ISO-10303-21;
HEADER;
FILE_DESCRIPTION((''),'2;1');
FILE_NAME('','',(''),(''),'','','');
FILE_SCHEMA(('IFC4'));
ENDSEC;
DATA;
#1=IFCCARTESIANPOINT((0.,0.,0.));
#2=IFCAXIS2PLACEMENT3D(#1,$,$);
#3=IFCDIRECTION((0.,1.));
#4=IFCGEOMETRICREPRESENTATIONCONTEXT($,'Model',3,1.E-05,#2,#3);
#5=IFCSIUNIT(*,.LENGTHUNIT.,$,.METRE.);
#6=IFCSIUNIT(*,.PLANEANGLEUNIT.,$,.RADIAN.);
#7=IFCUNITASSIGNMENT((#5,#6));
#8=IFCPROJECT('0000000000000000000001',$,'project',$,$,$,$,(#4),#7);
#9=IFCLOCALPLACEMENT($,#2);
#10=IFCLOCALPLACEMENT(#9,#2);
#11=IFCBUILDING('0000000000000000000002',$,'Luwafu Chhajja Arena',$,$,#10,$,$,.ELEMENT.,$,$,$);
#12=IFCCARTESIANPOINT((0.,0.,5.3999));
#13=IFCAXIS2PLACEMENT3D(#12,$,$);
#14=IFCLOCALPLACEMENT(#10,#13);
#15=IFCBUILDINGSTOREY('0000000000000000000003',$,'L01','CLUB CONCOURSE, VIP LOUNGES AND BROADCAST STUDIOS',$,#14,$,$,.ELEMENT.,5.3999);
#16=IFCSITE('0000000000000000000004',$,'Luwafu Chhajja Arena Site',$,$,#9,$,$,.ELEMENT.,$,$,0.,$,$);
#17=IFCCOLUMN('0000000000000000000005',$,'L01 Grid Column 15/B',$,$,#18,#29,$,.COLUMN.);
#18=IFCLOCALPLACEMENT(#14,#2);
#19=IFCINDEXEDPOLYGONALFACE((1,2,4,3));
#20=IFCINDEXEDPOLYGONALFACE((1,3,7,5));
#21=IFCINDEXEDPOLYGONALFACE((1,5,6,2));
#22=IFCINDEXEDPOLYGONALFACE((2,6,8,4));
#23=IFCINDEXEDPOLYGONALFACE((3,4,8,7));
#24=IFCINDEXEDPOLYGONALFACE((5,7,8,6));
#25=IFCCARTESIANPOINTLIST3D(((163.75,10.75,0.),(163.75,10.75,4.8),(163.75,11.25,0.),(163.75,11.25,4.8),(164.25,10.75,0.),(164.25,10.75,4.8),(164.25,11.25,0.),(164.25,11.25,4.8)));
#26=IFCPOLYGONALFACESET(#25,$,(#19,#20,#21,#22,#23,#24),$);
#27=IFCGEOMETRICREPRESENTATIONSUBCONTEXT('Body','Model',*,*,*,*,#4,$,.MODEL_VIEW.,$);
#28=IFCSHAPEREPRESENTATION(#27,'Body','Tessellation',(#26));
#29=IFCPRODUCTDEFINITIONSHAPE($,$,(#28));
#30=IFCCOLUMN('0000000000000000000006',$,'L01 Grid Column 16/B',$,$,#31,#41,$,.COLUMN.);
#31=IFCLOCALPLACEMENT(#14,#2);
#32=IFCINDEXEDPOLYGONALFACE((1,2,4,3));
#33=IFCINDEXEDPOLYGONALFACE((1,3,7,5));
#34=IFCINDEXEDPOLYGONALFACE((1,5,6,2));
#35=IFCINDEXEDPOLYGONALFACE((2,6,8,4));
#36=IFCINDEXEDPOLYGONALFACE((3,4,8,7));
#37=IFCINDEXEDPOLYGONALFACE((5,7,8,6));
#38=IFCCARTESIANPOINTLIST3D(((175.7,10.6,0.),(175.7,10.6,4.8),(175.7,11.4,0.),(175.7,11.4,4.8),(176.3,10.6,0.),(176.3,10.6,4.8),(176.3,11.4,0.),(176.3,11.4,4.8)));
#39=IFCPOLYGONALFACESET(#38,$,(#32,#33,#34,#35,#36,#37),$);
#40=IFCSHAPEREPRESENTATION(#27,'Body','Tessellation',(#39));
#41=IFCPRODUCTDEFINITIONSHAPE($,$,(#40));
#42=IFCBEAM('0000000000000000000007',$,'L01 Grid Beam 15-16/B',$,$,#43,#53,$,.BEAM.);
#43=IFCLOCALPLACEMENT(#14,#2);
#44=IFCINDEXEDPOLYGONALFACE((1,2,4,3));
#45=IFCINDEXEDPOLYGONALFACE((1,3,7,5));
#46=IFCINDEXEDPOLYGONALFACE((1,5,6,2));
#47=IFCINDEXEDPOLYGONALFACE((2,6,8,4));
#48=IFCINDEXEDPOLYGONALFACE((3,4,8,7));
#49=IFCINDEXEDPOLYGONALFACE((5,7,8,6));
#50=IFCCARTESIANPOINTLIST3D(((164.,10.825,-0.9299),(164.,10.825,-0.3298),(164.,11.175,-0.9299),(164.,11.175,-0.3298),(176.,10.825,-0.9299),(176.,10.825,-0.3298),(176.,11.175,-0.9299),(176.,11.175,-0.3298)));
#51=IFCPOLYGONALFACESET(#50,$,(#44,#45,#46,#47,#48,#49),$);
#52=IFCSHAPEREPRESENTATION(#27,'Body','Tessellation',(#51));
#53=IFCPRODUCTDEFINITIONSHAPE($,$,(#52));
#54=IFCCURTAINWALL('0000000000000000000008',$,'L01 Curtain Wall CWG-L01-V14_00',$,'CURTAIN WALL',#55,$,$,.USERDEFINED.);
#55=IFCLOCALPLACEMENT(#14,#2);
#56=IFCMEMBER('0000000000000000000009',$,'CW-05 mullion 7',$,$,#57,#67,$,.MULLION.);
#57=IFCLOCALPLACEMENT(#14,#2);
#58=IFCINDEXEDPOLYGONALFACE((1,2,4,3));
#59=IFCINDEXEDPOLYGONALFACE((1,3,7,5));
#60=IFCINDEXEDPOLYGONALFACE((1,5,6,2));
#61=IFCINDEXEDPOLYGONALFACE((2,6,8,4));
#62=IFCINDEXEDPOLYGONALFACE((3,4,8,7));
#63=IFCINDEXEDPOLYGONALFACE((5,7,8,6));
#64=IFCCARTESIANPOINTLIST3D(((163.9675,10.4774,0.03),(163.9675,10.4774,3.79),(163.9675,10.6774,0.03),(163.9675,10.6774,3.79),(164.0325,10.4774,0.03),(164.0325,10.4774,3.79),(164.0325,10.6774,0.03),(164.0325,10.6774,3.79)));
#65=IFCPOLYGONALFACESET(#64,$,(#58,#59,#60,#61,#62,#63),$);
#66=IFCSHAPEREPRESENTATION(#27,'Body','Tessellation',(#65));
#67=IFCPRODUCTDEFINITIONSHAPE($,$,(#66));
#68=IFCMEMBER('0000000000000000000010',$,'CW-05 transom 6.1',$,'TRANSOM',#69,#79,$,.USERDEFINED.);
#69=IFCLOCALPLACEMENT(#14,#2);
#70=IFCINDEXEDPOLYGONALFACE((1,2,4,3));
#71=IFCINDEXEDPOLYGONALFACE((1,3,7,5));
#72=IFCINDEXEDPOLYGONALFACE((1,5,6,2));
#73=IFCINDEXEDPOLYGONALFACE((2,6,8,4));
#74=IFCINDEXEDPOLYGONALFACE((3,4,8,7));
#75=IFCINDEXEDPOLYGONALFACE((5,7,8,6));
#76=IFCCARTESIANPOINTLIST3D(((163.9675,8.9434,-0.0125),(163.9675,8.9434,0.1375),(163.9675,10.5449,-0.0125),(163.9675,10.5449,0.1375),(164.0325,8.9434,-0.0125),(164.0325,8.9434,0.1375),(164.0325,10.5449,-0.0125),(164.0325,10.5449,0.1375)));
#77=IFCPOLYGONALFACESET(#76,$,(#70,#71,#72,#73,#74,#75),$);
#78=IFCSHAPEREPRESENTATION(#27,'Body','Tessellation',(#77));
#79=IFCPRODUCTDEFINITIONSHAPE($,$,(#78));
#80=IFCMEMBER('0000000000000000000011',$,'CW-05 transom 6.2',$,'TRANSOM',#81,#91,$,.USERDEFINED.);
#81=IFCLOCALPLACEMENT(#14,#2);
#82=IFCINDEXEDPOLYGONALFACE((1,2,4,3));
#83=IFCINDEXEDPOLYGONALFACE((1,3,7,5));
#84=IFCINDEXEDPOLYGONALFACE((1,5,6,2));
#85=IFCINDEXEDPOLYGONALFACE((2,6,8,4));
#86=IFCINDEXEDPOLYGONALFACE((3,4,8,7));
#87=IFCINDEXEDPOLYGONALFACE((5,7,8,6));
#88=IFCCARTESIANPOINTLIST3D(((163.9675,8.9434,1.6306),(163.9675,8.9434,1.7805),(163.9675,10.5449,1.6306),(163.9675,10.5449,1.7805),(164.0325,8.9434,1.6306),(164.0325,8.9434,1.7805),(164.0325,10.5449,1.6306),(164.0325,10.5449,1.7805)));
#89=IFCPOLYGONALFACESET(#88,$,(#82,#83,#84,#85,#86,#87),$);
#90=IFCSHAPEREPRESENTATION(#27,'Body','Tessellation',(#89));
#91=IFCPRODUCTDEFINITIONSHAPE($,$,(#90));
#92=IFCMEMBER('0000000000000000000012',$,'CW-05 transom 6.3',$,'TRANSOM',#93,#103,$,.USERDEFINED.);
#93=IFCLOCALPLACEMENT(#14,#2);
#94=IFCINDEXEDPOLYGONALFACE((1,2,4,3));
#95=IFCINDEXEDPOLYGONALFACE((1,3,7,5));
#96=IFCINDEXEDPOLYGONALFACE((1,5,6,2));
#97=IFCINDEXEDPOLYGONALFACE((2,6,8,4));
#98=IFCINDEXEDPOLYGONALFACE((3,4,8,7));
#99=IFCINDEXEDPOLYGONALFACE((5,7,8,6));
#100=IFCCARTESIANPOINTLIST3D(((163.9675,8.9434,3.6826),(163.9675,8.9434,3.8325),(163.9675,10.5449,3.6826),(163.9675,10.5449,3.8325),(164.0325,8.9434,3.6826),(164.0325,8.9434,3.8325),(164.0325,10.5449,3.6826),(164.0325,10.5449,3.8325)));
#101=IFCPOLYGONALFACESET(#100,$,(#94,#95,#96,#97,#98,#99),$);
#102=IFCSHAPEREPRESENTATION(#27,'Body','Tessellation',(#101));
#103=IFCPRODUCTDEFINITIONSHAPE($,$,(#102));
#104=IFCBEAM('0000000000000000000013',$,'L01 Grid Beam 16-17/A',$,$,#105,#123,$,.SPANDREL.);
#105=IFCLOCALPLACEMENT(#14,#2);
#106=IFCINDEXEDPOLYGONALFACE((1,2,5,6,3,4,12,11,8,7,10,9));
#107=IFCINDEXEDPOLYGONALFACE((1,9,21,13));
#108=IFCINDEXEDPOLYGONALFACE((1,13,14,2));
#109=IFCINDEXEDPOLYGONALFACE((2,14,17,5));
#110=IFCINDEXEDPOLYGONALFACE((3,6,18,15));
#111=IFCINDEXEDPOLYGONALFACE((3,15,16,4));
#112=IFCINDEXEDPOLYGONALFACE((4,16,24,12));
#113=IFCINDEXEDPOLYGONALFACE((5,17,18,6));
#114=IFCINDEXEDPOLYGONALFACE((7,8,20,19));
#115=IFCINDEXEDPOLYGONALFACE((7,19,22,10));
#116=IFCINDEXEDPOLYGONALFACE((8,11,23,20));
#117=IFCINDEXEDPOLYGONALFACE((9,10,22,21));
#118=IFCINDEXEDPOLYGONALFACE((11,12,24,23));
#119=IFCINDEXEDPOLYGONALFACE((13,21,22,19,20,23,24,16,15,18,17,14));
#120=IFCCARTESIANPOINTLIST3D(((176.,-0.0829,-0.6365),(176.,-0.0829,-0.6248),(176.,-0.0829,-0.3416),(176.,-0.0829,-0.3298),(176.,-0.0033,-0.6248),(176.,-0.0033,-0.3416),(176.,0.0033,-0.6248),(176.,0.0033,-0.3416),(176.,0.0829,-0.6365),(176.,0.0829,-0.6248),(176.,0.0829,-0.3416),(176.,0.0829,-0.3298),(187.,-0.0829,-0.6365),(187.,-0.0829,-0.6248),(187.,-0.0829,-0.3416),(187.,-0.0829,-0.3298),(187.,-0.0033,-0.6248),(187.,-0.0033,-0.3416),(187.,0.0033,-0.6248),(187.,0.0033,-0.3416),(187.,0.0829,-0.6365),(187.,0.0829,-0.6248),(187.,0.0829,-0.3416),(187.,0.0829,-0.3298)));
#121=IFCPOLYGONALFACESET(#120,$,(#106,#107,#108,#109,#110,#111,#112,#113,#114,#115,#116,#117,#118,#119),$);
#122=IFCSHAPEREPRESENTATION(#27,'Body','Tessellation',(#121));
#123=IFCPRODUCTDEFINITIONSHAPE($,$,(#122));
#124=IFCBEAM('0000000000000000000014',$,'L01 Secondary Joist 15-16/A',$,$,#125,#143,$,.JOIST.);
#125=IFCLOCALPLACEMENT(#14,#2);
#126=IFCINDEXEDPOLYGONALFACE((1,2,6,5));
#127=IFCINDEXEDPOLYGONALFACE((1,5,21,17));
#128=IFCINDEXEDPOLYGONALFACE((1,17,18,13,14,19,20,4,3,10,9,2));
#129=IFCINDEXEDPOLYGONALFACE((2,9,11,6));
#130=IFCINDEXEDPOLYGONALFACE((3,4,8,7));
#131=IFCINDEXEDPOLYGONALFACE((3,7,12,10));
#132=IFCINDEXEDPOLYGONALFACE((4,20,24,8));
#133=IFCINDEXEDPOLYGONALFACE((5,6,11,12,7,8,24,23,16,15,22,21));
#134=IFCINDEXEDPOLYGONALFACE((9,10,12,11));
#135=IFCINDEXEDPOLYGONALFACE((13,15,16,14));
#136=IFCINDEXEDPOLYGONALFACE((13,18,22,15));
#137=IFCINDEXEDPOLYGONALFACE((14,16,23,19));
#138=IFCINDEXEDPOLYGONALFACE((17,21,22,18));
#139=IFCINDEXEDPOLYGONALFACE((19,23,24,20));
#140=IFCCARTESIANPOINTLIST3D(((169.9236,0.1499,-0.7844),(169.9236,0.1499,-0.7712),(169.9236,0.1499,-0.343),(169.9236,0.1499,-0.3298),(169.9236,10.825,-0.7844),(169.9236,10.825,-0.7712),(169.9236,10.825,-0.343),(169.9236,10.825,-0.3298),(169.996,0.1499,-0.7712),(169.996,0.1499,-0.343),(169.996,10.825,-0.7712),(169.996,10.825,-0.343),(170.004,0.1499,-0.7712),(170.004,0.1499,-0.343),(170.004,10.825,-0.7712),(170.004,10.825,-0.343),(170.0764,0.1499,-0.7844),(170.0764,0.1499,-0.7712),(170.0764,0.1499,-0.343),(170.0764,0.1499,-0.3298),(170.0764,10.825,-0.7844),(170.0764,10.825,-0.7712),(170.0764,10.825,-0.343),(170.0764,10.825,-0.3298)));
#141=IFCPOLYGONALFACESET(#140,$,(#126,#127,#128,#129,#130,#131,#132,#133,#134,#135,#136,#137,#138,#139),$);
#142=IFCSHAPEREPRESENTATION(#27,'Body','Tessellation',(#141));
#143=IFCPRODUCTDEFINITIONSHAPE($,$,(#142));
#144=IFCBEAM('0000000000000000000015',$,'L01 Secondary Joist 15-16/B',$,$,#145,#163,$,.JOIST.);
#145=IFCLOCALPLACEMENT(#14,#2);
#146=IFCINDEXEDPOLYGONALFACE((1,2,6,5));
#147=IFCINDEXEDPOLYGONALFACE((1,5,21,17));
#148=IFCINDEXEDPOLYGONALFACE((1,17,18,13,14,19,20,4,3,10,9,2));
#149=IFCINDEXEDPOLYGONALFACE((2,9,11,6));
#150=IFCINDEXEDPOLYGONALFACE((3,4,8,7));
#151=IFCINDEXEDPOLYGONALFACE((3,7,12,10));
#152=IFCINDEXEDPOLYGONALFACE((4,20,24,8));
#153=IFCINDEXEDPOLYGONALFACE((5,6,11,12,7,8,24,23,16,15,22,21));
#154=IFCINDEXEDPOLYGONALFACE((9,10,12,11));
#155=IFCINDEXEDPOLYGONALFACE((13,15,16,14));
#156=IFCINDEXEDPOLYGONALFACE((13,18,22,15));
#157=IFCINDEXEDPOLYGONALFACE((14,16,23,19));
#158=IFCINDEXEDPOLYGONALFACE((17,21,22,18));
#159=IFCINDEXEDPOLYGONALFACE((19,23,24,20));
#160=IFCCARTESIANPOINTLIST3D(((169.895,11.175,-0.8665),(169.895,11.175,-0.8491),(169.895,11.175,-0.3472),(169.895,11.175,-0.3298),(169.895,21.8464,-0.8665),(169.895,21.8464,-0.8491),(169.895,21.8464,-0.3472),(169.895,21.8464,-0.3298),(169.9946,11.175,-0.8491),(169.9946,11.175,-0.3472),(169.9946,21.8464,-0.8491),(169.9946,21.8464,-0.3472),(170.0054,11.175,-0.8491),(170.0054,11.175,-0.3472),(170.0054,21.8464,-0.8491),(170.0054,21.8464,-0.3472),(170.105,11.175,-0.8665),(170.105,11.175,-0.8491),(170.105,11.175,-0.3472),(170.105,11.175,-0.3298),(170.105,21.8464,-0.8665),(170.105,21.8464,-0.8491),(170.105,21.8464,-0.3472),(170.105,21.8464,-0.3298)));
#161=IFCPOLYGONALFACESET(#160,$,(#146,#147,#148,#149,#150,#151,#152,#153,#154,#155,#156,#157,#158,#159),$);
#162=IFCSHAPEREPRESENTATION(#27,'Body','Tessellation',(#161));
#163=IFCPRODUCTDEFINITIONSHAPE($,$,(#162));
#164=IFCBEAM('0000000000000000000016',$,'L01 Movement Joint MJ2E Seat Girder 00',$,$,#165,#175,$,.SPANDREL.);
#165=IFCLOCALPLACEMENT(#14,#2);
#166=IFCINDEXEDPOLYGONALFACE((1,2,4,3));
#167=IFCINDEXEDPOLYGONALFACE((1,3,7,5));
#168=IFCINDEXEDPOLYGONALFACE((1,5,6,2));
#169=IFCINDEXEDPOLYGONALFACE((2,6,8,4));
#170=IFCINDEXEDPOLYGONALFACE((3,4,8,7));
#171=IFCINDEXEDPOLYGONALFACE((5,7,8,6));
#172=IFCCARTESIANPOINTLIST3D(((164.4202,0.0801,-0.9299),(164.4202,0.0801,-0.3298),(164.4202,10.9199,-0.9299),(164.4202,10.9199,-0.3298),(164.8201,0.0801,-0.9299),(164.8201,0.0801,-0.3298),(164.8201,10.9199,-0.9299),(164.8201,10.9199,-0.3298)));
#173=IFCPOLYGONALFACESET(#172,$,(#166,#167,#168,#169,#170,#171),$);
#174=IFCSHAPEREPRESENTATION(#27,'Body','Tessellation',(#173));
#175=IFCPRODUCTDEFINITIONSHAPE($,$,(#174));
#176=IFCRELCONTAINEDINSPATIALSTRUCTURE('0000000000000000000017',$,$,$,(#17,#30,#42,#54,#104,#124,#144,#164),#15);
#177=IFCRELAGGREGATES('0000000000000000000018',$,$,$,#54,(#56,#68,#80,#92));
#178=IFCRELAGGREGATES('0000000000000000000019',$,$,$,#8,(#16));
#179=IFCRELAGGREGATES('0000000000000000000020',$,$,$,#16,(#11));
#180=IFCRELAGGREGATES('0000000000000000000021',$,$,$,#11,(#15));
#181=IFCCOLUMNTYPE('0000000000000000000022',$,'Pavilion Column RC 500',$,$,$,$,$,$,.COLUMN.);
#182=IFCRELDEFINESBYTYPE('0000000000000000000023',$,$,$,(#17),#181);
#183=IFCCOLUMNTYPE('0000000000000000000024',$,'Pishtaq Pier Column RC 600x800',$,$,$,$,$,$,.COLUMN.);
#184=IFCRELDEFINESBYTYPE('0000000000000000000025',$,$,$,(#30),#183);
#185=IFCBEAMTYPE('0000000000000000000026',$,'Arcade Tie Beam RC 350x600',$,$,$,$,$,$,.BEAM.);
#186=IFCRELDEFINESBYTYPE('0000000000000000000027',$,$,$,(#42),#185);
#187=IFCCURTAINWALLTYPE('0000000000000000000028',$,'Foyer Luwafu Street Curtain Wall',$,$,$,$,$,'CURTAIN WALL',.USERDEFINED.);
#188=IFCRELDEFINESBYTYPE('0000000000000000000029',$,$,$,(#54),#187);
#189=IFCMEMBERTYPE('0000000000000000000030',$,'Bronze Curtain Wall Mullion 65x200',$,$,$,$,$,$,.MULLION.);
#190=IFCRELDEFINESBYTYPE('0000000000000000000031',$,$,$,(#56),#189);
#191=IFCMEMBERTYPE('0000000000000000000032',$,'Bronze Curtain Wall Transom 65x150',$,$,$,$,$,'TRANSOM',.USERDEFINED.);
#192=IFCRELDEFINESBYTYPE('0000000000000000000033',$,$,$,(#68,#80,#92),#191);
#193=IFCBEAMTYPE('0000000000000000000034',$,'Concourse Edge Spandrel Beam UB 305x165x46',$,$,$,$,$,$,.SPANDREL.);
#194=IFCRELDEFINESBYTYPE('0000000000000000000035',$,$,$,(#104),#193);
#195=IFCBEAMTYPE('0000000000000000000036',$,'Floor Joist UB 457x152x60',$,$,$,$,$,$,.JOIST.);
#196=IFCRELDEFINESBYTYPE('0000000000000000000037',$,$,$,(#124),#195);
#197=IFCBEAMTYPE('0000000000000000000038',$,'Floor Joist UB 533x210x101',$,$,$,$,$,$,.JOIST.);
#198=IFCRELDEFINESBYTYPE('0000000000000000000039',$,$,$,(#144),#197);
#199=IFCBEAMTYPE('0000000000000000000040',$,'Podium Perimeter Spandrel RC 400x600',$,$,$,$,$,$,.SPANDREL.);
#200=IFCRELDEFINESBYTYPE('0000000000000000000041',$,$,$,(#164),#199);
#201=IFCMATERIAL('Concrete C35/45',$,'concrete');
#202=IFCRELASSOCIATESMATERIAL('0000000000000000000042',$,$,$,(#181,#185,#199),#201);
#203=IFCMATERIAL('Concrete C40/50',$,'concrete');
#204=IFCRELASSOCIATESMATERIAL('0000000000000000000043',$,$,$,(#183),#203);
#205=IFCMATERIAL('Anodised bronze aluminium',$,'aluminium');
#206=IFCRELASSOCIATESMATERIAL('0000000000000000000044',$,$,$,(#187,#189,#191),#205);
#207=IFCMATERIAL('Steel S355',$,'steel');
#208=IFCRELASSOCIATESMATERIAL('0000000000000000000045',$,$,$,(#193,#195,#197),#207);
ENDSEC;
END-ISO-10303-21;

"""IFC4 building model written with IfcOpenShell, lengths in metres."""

from ifc_helpers import new_model, si_unit, direction, frame, origin, origin_2d, place, context, subcontext, project, spatial, rectangle, i_section, extrude, material, material_profile, profile_set, type_object, element, aggregate, save


model = new_model("IFC4")

# Units and contexts
model_context = context("Model", 3, precision=1e-05, world=origin(), true_north=direction((0.0, 1.0)))
body_context = subcontext(model_context, "Body", "Model", "MODEL_VIEW")
ifc_project = project(units=[si_unit("LENGTHUNIT", "METRE"), si_unit("PLANEANGLEUNIT", "RADIAN")], contexts=[model_context])

# Site, building, storey
site_placement = place(None, origin())
site = spatial("IfcSite", under=ifc_project, at=site_placement, Name="Luwafu Chhajja Arena Site", CompositionType="ELEMENT", RefElevation=0.0)
building_placement = place(site_placement, origin())
building = spatial("IfcBuilding", under=site, at=building_placement, Name="Luwafu Chhajja Arena", CompositionType="ELEMENT")
storey_placement = place(building_placement, frame((0.0, 0.0, 5.3999)))
storey = spatial("IfcBuildingStorey", under=building, at=storey_placement, Name="L01", Description="CLUB CONCOURSE, VIP LOUNGES AND BROADCAST STUDIOS", CompositionType="ELEMENT", Elevation=5.3999)

# Columns
ifc_material_1 = material(Name="Concrete C35/45", Category="concrete")
ifc_material_profile_1 = material_profile(ifc_material_1, rectangle(XDim=0.5, YDim=0.5, at=origin_2d()), Name="RC 500x500")
ifc_profile_set_1 = profile_set([ifc_material_profile_1], Name="Concrete C35/45")
column_type_1 = type_object("IfcColumnType", Name="Pavilion Column RC 500", PredefinedType="COLUMN", material=ifc_profile_set_1)
column_1_placement = place(storey_placement, frame((164.0, 11.0, 0.0), z_axis=(0.0, 0.0, 1.0), x_axis=(1.0, 0.0, 0.0)))
element("IfcColumn", 1, at=column_1_placement, inside=storey, type_object=column_type_1, Name="L01 Grid Column 15/B", PredefinedType="COLUMN", context=body_context, shape_type="SweptSolid", body=[
    extrude(rectangle(XDim=0.5, YDim=0.5, at=origin_2d()), origin(), (0.0, 0.0, 1.0), 4.8),
])
ifc_material_2 = material(Name="Concrete C40/50", Category="concrete")
ifc_material_profile_2 = material_profile(ifc_material_2, rectangle(XDim=0.6001, YDim=0.8, at=origin_2d()), Name="RC 600x800")
ifc_profile_set_2 = profile_set([ifc_material_profile_2], Name="Concrete C40/50")
column_type_2 = type_object("IfcColumnType", Name="Pishtaq Pier Column RC 600x800", PredefinedType="COLUMN", material=ifc_profile_set_2)
column_2_placement = place(storey_placement, frame((176.0, 11.0, 0.0), z_axis=(0.0, 0.0, 1.0), x_axis=(1.0, 0.0, 0.0)))
element("IfcColumn", 2, at=column_2_placement, inside=storey, type_object=column_type_2, Name="L01 Grid Column 16/B", PredefinedType="COLUMN", context=body_context, shape_type="SweptSolid", body=[
    extrude(rectangle(XDim=0.6001, YDim=0.8, at=origin_2d()), origin(), (0.0, 0.0, 1.0), 4.8),
])

# Beam
ifc_material_profile_3 = material_profile(ifc_material_1, rectangle(XDim=0.3501, YDim=0.6001, at=origin_2d()), Name="RC 350x600")
ifc_profile_set_3 = profile_set([ifc_material_profile_3], Name="Concrete C35/45")
beam_type_1 = type_object("IfcBeamType", Name="Arcade Tie Beam RC 350x600", PredefinedType="BEAM", material=ifc_profile_set_3)
beam_1_placement = place(storey_placement, frame((164.0, 11.0, -0.6299), z_axis=(1.0, 0.0, 0.0), x_axis=(0.0, 1.0, 0.0)))
element("IfcBeam", 3, at=beam_1_placement, inside=storey, type_object=beam_type_1, Name="L01 Grid Beam 15-16/B", PredefinedType="BEAM", context=body_context, shape_type="SweptSolid", body=[
    extrude(rectangle(XDim=0.3501, YDim=0.6001, at=origin_2d()), origin(), (0.0, 0.0, 1.0), 12.0),
])

# Curtain wall, members
ifc_material_3 = material(Name="Anodised bronze aluminium", Category="aluminium")
curtain_wall_type = type_object("IfcCurtainWallType", Name="Foyer Luwafu Street Curtain Wall", ElementType="CURTAIN WALL", PredefinedType="USERDEFINED", material=ifc_material_3)
curtain_wall_placement = place(storey_placement, origin())
curtain_wall = element("IfcCurtainWall", 4, at=curtain_wall_placement, inside=storey, type_object=curtain_wall_type, Name="L01 Curtain Wall CWG-L01-V14_00", ObjectType="CURTAIN WALL", PredefinedType="USERDEFINED")
ifc_material_profile_4 = material_profile(ifc_material_3, rectangle(XDim=0.0649, YDim=0.2, at=origin_2d()), Name="CWM 65x200")
ifc_profile_set_4 = profile_set([ifc_material_profile_4], Name="Anodised bronze aluminium")
member_type_1 = type_object("IfcMemberType", Name="Bronze Curtain Wall Mullion 65x200", PredefinedType="MULLION", material=ifc_profile_set_4)
member_1_placement = place(storey_placement, frame((164.0, 10.5774, 0.03), z_axis=(0.0, 0.0, 1.0), x_axis=(-1.0, 0.0, 0.0)))
member_1 = element("IfcMember", 5, at=member_1_placement, type_object=member_type_1, Name="CW-05 mullion 7", PredefinedType="MULLION", context=body_context, shape_type="SweptSolid", body=[
    extrude(rectangle(XDim=0.0649, YDim=0.2, at=origin_2d()), origin(), (0.0, 0.0, 1.0), 3.76),
])
ifc_material_profile_5 = material_profile(ifc_material_3, rectangle(XDim=0.0649, YDim=0.1499, at=origin_2d()), Name="CWT 65x150")
ifc_profile_set_5 = profile_set([ifc_material_profile_5], Name="Anodised bronze aluminium")
member_type_2 = type_object("IfcMemberType", Name="Bronze Curtain Wall Transom 65x150", ElementType="TRANSOM", PredefinedType="USERDEFINED", material=ifc_profile_set_5)
member_2_placement = place(storey_placement, frame((164.0, 8.9434, 0.0625), z_axis=(0.0, 1.0, 0.0), x_axis=(-1.0, 0.0, 0.0)))
member_2 = element("IfcMember", 6, at=member_2_placement, type_object=member_type_2, Name="CW-05 transom 6.1", ObjectType="TRANSOM", PredefinedType="USERDEFINED", context=body_context, shape_type="SweptSolid", body=[
    extrude(rectangle(XDim=0.0649, YDim=0.1499, at=origin_2d()), origin(), (0.0, 0.0, 1.0), 1.6016),
])
member_3_placement = place(storey_placement, frame((164.0, 8.9434, 1.7056), z_axis=(0.0, 1.0, 0.0), x_axis=(-1.0, 0.0, 0.0)))
member_3 = element("IfcMember", 7, at=member_3_placement, type_object=member_type_2, Name="CW-05 transom 6.2", ObjectType="TRANSOM", PredefinedType="USERDEFINED", context=body_context, shape_type="SweptSolid", body=[
    extrude(rectangle(XDim=0.0649, YDim=0.1499, at=origin_2d()), origin(), (0.0, 0.0, 1.0), 1.6016),
])
member_4_placement = place(storey_placement, frame((164.0, 8.9434, 3.7576), z_axis=(0.0, 1.0, 0.0), x_axis=(-1.0, 0.0, 0.0)))
member_4 = element("IfcMember", 8, at=member_4_placement, type_object=member_type_2, Name="CW-05 transom 6.3", ObjectType="TRANSOM", PredefinedType="USERDEFINED", context=body_context, shape_type="SweptSolid", body=[
    extrude(rectangle(XDim=0.0649, YDim=0.1499, at=origin_2d()), origin(), (0.0, 0.0, 1.0), 1.6016),
])

# Beams
ifc_material_4 = material(Name="Steel S355", Category="steel")
ifc_material_profile_6 = material_profile(ifc_material_4, i_section(OverallWidth=0.1658, OverallDepth=0.3066, WebThickness=0.0066, FlangeThickness=0.0117, at=origin_2d()), Name="UB 305x165x46")
ifc_profile_set_6 = profile_set([ifc_material_profile_6], Name="Steel S355")
beam_type_2 = type_object("IfcBeamType", Name="Concourse Edge Spandrel Beam UB 305x165x46", PredefinedType="SPANDREL", material=ifc_profile_set_6)
beam_2_placement = place(storey_placement, frame((176.0, 0.0, -0.4832), z_axis=(1.0, 0.0, 0.0), x_axis=(0.0, 1.0, 0.0)))
element("IfcBeam", 9, at=beam_2_placement, inside=storey, type_object=beam_type_2, Name="L01 Grid Beam 16-17/A", PredefinedType="SPANDREL", context=body_context, shape_type="SweptSolid", body=[
    extrude(i_section(OverallWidth=0.1658, OverallDepth=0.3066, WebThickness=0.0066, FlangeThickness=0.0117, at=origin_2d()), origin(), (0.0, 0.0, 1.0), 11.0),
])
ifc_material_profile_7 = material_profile(ifc_material_4, i_section(OverallWidth=0.1528, OverallDepth=0.4546, WebThickness=0.0081, FlangeThickness=0.0132, at=origin_2d()), Name="UB 457x152x60")
ifc_profile_set_7 = profile_set([ifc_material_profile_7], Name="Steel S355")
beam_type_3 = type_object("IfcBeamType", Name="Floor Joist UB 457x152x60", PredefinedType="JOIST", material=ifc_profile_set_7)
beam_3_placement = place(storey_placement, frame((170.0, 0.1499, -0.5571), z_axis=(0.0, 1.0, 0.0), x_axis=(-1.0, 0.0, 0.0)))
element("IfcBeam", 10, at=beam_3_placement, inside=storey, type_object=beam_type_3, Name="L01 Secondary Joist 15-16/A", PredefinedType="JOIST", context=body_context, shape_type="SweptSolid", body=[
    extrude(i_section(OverallWidth=0.1528, OverallDepth=0.4546, WebThickness=0.0081, FlangeThickness=0.0132, at=origin_2d()), origin(), (0.0, 0.0, 1.0), 10.675),
])
ifc_material_profile_8 = material_profile(ifc_material_4, i_section(OverallWidth=0.21, OverallDepth=0.5366, WebThickness=0.0107, FlangeThickness=0.0173, at=origin_2d()), Name="UB 533x210x101")
ifc_profile_set_8 = profile_set([ifc_material_profile_8], Name="Steel S355")
beam_type_4 = type_object("IfcBeamType", Name="Floor Joist UB 533x210x101", PredefinedType="JOIST", material=ifc_profile_set_8)
beam_4_placement = place(storey_placement, frame((170.0, 11.175, -0.5981), z_axis=(0.0, 1.0, 0.0), x_axis=(-1.0, 0.0, 0.0)))
element("IfcBeam", 11, at=beam_4_placement, inside=storey, type_object=beam_type_4, Name="L01 Secondary Joist 15-16/B", PredefinedType="JOIST", context=body_context, shape_type="SweptSolid", body=[
    extrude(i_section(OverallWidth=0.21, OverallDepth=0.5366, WebThickness=0.0107, FlangeThickness=0.0173, at=origin_2d()), origin(), (0.0, 0.0, 1.0), 10.6714),
])
ifc_material_profile_9 = material_profile(ifc_material_1, rectangle(XDim=0.3999, YDim=0.6001, at=origin_2d()), Name="RC 400x600")
ifc_profile_set_9 = profile_set([ifc_material_profile_9], Name="Concrete C35/45")
beam_type_5 = type_object("IfcBeamType", Name="Podium Perimeter Spandrel RC 400x600", PredefinedType="SPANDREL", material=ifc_profile_set_9)
for number, where, z_axis, x_axis, name in (
    (12, (164.6201, 0.0801, -0.6299), (0.0, 1.0, 0.0), (-1.0, 0.0, 0.0), "L01 Movement Joint MJ2E Seat Girder 00"),
):
    element("IfcBeam", number, at=place(storey_placement, frame(where, z_axis=z_axis, x_axis=x_axis)), inside=storey, type_object=beam_type_5, Name=name, PredefinedType="SPANDREL", context=body_context, shape_type="SweptSolid", body=[
        extrude(rectangle(XDim=0.3999, YDim=0.6001, at=origin_2d()), origin(), (0.0, 0.0, 1.0), 10.8398),
    ])

aggregate(curtain_wall, [member_1, member_2, member_3, member_4])

save(model, "model.ifc")
